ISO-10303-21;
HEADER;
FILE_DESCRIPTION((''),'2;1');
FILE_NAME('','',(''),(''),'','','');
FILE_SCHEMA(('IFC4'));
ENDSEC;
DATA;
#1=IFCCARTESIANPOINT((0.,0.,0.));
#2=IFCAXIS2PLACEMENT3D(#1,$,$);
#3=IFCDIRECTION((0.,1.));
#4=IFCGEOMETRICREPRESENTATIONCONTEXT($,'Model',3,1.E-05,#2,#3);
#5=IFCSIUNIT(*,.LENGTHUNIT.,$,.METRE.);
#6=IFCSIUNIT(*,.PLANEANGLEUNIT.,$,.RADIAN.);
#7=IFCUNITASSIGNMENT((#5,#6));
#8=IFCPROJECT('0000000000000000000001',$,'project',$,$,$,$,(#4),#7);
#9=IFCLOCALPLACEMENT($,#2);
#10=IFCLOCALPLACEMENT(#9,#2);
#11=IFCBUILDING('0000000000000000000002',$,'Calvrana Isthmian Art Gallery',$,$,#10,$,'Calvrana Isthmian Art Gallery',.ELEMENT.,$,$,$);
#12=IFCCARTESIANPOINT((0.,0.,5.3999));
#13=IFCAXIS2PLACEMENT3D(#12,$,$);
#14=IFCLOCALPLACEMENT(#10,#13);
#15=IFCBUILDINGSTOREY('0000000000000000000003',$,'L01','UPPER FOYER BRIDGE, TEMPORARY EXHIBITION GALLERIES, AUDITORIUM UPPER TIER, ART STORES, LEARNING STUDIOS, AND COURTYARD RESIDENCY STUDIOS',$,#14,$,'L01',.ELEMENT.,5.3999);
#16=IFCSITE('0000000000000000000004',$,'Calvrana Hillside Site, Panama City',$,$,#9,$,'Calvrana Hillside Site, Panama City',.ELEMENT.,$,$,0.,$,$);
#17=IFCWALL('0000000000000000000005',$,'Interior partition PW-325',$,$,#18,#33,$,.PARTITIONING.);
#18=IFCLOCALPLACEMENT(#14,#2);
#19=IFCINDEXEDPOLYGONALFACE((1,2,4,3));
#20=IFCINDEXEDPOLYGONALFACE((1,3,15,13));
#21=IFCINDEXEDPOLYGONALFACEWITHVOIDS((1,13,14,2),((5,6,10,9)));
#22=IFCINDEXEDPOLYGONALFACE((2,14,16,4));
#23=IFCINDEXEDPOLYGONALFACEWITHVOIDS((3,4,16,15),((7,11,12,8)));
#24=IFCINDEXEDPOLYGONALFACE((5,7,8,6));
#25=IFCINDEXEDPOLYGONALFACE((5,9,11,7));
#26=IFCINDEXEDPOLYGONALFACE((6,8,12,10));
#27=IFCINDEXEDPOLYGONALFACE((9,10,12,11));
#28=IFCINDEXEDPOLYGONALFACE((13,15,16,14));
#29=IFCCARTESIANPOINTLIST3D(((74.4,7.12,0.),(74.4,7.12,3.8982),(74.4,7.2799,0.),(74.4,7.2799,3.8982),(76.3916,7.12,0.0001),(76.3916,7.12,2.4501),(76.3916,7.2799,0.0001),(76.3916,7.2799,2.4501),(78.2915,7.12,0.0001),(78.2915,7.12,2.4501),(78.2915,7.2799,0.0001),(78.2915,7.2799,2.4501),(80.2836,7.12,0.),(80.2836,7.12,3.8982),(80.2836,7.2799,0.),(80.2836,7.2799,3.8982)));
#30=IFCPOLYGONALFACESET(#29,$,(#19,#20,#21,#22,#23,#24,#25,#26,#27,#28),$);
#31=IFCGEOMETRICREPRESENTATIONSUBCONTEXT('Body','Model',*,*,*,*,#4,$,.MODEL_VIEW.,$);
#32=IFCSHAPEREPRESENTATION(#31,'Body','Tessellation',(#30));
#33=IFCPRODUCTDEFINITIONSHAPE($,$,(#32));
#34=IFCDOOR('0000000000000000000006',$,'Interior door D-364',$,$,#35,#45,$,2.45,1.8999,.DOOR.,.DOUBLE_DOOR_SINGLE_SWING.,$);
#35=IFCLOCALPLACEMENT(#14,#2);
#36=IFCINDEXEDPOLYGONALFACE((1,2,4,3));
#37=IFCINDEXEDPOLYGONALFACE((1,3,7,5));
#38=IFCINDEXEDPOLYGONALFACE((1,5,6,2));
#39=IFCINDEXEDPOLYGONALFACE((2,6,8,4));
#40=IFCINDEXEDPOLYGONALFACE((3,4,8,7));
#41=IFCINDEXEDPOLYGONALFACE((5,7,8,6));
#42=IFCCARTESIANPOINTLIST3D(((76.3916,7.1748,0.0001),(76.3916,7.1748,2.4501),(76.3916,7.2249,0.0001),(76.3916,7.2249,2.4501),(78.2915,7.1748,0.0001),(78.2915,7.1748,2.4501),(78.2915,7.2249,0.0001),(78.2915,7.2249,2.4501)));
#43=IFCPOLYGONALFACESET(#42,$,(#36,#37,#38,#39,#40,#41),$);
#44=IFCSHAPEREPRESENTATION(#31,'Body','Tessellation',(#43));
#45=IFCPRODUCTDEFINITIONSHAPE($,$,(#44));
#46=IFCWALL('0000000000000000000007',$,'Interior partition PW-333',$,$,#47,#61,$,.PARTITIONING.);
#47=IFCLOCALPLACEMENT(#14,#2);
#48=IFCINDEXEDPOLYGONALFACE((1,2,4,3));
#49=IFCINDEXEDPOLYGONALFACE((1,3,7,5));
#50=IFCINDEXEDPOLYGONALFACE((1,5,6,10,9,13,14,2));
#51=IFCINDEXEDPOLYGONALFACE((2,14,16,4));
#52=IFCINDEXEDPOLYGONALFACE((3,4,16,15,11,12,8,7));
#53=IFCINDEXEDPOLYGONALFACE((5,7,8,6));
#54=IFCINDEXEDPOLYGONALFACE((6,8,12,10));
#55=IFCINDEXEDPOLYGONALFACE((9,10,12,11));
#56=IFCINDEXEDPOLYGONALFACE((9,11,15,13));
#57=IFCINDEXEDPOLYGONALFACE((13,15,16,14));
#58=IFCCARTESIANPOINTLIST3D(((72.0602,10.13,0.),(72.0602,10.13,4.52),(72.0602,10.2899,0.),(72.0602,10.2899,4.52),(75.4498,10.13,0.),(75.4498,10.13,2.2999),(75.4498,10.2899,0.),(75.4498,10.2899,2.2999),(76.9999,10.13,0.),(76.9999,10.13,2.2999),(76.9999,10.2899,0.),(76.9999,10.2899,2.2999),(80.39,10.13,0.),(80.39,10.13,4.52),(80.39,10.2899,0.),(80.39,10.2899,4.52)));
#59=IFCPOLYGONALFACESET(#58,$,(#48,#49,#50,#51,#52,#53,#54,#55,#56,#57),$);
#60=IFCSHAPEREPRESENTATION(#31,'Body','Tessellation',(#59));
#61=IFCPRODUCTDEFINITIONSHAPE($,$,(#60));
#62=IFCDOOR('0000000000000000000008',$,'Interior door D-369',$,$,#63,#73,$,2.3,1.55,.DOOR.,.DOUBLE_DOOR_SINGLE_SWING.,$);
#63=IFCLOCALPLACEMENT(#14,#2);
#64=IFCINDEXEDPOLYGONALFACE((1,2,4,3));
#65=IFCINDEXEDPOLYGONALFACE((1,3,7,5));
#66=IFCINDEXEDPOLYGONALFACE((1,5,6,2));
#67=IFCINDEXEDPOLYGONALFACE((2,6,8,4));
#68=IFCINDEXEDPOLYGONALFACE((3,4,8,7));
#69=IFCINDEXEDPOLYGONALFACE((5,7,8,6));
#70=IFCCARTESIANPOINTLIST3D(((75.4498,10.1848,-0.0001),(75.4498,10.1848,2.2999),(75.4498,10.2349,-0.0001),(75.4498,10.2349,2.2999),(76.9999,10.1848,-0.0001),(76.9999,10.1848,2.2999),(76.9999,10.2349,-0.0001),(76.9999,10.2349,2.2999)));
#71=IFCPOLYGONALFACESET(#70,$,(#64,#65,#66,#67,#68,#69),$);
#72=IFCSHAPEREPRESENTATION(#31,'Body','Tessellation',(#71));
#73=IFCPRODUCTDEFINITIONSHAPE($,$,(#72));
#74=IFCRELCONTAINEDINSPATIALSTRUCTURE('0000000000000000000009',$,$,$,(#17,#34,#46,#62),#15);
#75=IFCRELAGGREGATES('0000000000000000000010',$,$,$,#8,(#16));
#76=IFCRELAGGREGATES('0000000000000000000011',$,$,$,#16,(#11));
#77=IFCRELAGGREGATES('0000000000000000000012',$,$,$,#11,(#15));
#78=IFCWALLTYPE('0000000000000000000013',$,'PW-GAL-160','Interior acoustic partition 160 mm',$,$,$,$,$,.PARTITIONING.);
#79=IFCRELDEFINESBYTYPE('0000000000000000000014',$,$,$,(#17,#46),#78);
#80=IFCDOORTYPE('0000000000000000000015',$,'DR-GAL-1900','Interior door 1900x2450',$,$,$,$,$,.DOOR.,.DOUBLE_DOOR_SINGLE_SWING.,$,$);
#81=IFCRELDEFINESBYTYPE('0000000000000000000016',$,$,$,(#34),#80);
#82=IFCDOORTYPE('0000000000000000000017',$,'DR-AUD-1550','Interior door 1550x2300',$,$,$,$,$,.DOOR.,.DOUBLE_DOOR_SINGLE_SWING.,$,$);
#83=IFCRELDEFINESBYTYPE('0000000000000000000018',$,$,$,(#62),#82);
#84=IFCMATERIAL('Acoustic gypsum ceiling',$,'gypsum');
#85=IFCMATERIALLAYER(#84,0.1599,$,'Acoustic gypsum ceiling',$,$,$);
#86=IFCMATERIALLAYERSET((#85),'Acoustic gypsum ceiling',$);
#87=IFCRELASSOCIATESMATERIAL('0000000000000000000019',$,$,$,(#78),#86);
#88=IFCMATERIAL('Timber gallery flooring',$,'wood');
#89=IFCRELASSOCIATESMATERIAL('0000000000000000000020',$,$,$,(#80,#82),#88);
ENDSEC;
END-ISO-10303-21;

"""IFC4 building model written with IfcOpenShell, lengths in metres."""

from ifc_helpers import new_model, si_unit, direction, frame, frame_2d, origin, place, context, subcontext, project, spatial, rectangle, extrude, material, layer, layer_set, type_object, element, fill, save


model = new_model("IFC4")

# Units and contexts
model_context = context("Model", 3, precision=1e-05, world=origin(), true_north=direction((0.0, 1.0)))
body_context = subcontext(model_context, "Body", "Model", "MODEL_VIEW")
ifc_project = project(units=[si_unit("LENGTHUNIT", "METRE"), si_unit("PLANEANGLEUNIT", "RADIAN")], contexts=[model_context])

# Site, building, storey
site_placement = place(None, origin())
site = spatial("IfcSite", under=ifc_project, at=site_placement, Name="Calvrana Hillside Site, Panama City", LongName="Calvrana Hillside Site, Panama City", CompositionType="ELEMENT", RefElevation=0.0)
building_placement = place(site_placement, origin())
building = spatial("IfcBuilding", under=site, at=building_placement, Name="Calvrana Isthmian Art Gallery", LongName="Calvrana Isthmian Art Gallery", CompositionType="ELEMENT")
storey_placement = place(building_placement, frame((0.0, 0.0, 5.3999)))
storey = spatial("IfcBuildingStorey", under=building, at=storey_placement, Name="L01", Description="UPPER FOYER BRIDGE, TEMPORARY EXHIBITION GALLERIES, AUDITORIUM UPPER TIER, ART STORES, LEARNING STUDIOS, AND COURTYARD RESIDENCY STUDIOS", LongName="L01", CompositionType="ELEMENT", Elevation=5.3999)

# Shared definitions
ifc_material_1 = material(Name="Acoustic gypsum ceiling", Category="gypsum")
ifc_layer_1 = layer(ifc_material_1, 0.1599, Name="Acoustic gypsum ceiling")
ifc_layer_set_1 = layer_set([ifc_layer_1], Name="Acoustic gypsum ceiling")
wall_type_1 = type_object("IfcWallType", Name="PW-GAL-160", Description="Interior acoustic partition 160 mm", PredefinedType="PARTITIONING", material=ifc_layer_set_1)

# Walls, openings, doors
wall_1_placement = place(storey_placement, frame((74.3999, 7.2, 0.0), z_axis=(0.0, 0.0, 1.0), x_axis=(1.0, 0.0, 0.0)))
wall_1 = element("IfcWall", 1, at=wall_1_placement, inside=storey, type_object=wall_type_1, Name="Interior partition PW-325", PredefinedType="PARTITIONING", context=body_context, shape_type="SweptSolid", body=[
    extrude(rectangle(XDim=5.8835, YDim=0.1599, at=frame_2d((2.9419, 0.0))), origin(), (0.0, 0.0, 1.0), 3.8982),
])
opening_1_placement = place(wall_1_placement, frame((1.9917, 0.0, 0.0)))
opening_1 = element("IfcOpeningElement", 2, at=opening_1_placement, cuts=wall_1, PredefinedType="OPENING", context=body_context, shape_type="SweptSolid", body=[
    extrude(rectangle(XDim=1.8999, YDim=2.45, at=frame_2d((0.95, 1.2251))), frame((0.0, 0.0903, 0.0), z_axis=(0.0, -1.0, 0.0), x_axis=(1.0, 0.0, 0.0)), (0.0, 0.0, 1.0), 0.1804),
])
ifc_material_2 = material(Name="Timber gallery flooring", Category="wood")
door_type_1 = type_object("IfcDoorType", Name="DR-GAL-1900", Description="Interior door 1900x2450", OperationType="DOUBLE_DOOR_SINGLE_SWING", PredefinedType="DOOR", material=ifc_material_2)
door_1_placement = place(opening_1_placement, origin())
door_1 = element("IfcDoor", 3, at=door_1_placement, inside=storey, type_object=door_type_1, Name="Interior door D-364", OperationType="DOUBLE_DOOR_SINGLE_SWING", OverallHeight=2.45, OverallWidth=1.8999, PredefinedType="DOOR", context=body_context, shape_type="SweptSolid", body=[
    extrude(rectangle(XDim=1.8999, YDim=2.45, at=frame_2d((0.95, 1.2251))), frame((0.0, 0.0249, 0.0), z_axis=(0.0, -1.0, 0.0), x_axis=(1.0, 0.0, 0.0)), (0.0, 0.0, 1.0), 0.05),
])
fill(opening_1, door_1)
wall_2_placement = place(storey_placement, frame((72.0601, 10.21, 0.0), z_axis=(0.0, 0.0, 1.0), x_axis=(1.0, 0.0, 0.0)))
wall_2 = element("IfcWall", 4, at=wall_2_placement, inside=storey, type_object=wall_type_1, Name="Interior partition PW-333", PredefinedType="PARTITIONING", context=body_context, shape_type="SweptSolid", body=[
    extrude(rectangle(XDim=8.3298, YDim=0.1599, at=frame_2d((4.165, 0.0))), origin(), (0.0, 0.0, 1.0), 4.52),
])
opening_2_placement = place(wall_2_placement, frame((3.3899, 0.0, 0.0)))
opening_2 = element("IfcOpeningElement", 5, at=opening_2_placement, cuts=wall_2, PredefinedType="OPENING", context=body_context, shape_type="SweptSolid", body=[
    extrude(rectangle(XDim=1.55, YDim=2.3, at=frame_2d((0.7749, 1.1499))), frame((0.0, 0.0903, 0.0), z_axis=(0.0, -1.0, 0.0), x_axis=(1.0, 0.0, 0.0)), (0.0, 0.0, 1.0), 0.1804),
])
door_type_2 = type_object("IfcDoorType", Name="DR-AUD-1550", Description="Interior door 1550x2300", OperationType="DOUBLE_DOOR_SINGLE_SWING", PredefinedType="DOOR", material=ifc_material_2)
door_2_placement = place(opening_2_placement, origin())
door_2 = element("IfcDoor", 6, at=door_2_placement, inside=storey, type_object=door_type_2, Name="Interior door D-369", OperationType="DOUBLE_DOOR_SINGLE_SWING", OverallHeight=2.3, OverallWidth=1.55, PredefinedType="DOOR", context=body_context, shape_type="SweptSolid", body=[
    extrude(rectangle(XDim=1.55, YDim=2.3, at=frame_2d((0.7749, 1.1499))), frame((0.0, 0.0249, 0.0), z_axis=(0.0, -1.0, 0.0), x_axis=(1.0, 0.0, 0.0)), (0.0, 0.0, 1.0), 0.05),
])
fill(opening_2, door_2)

save(model, "model.ifc")
